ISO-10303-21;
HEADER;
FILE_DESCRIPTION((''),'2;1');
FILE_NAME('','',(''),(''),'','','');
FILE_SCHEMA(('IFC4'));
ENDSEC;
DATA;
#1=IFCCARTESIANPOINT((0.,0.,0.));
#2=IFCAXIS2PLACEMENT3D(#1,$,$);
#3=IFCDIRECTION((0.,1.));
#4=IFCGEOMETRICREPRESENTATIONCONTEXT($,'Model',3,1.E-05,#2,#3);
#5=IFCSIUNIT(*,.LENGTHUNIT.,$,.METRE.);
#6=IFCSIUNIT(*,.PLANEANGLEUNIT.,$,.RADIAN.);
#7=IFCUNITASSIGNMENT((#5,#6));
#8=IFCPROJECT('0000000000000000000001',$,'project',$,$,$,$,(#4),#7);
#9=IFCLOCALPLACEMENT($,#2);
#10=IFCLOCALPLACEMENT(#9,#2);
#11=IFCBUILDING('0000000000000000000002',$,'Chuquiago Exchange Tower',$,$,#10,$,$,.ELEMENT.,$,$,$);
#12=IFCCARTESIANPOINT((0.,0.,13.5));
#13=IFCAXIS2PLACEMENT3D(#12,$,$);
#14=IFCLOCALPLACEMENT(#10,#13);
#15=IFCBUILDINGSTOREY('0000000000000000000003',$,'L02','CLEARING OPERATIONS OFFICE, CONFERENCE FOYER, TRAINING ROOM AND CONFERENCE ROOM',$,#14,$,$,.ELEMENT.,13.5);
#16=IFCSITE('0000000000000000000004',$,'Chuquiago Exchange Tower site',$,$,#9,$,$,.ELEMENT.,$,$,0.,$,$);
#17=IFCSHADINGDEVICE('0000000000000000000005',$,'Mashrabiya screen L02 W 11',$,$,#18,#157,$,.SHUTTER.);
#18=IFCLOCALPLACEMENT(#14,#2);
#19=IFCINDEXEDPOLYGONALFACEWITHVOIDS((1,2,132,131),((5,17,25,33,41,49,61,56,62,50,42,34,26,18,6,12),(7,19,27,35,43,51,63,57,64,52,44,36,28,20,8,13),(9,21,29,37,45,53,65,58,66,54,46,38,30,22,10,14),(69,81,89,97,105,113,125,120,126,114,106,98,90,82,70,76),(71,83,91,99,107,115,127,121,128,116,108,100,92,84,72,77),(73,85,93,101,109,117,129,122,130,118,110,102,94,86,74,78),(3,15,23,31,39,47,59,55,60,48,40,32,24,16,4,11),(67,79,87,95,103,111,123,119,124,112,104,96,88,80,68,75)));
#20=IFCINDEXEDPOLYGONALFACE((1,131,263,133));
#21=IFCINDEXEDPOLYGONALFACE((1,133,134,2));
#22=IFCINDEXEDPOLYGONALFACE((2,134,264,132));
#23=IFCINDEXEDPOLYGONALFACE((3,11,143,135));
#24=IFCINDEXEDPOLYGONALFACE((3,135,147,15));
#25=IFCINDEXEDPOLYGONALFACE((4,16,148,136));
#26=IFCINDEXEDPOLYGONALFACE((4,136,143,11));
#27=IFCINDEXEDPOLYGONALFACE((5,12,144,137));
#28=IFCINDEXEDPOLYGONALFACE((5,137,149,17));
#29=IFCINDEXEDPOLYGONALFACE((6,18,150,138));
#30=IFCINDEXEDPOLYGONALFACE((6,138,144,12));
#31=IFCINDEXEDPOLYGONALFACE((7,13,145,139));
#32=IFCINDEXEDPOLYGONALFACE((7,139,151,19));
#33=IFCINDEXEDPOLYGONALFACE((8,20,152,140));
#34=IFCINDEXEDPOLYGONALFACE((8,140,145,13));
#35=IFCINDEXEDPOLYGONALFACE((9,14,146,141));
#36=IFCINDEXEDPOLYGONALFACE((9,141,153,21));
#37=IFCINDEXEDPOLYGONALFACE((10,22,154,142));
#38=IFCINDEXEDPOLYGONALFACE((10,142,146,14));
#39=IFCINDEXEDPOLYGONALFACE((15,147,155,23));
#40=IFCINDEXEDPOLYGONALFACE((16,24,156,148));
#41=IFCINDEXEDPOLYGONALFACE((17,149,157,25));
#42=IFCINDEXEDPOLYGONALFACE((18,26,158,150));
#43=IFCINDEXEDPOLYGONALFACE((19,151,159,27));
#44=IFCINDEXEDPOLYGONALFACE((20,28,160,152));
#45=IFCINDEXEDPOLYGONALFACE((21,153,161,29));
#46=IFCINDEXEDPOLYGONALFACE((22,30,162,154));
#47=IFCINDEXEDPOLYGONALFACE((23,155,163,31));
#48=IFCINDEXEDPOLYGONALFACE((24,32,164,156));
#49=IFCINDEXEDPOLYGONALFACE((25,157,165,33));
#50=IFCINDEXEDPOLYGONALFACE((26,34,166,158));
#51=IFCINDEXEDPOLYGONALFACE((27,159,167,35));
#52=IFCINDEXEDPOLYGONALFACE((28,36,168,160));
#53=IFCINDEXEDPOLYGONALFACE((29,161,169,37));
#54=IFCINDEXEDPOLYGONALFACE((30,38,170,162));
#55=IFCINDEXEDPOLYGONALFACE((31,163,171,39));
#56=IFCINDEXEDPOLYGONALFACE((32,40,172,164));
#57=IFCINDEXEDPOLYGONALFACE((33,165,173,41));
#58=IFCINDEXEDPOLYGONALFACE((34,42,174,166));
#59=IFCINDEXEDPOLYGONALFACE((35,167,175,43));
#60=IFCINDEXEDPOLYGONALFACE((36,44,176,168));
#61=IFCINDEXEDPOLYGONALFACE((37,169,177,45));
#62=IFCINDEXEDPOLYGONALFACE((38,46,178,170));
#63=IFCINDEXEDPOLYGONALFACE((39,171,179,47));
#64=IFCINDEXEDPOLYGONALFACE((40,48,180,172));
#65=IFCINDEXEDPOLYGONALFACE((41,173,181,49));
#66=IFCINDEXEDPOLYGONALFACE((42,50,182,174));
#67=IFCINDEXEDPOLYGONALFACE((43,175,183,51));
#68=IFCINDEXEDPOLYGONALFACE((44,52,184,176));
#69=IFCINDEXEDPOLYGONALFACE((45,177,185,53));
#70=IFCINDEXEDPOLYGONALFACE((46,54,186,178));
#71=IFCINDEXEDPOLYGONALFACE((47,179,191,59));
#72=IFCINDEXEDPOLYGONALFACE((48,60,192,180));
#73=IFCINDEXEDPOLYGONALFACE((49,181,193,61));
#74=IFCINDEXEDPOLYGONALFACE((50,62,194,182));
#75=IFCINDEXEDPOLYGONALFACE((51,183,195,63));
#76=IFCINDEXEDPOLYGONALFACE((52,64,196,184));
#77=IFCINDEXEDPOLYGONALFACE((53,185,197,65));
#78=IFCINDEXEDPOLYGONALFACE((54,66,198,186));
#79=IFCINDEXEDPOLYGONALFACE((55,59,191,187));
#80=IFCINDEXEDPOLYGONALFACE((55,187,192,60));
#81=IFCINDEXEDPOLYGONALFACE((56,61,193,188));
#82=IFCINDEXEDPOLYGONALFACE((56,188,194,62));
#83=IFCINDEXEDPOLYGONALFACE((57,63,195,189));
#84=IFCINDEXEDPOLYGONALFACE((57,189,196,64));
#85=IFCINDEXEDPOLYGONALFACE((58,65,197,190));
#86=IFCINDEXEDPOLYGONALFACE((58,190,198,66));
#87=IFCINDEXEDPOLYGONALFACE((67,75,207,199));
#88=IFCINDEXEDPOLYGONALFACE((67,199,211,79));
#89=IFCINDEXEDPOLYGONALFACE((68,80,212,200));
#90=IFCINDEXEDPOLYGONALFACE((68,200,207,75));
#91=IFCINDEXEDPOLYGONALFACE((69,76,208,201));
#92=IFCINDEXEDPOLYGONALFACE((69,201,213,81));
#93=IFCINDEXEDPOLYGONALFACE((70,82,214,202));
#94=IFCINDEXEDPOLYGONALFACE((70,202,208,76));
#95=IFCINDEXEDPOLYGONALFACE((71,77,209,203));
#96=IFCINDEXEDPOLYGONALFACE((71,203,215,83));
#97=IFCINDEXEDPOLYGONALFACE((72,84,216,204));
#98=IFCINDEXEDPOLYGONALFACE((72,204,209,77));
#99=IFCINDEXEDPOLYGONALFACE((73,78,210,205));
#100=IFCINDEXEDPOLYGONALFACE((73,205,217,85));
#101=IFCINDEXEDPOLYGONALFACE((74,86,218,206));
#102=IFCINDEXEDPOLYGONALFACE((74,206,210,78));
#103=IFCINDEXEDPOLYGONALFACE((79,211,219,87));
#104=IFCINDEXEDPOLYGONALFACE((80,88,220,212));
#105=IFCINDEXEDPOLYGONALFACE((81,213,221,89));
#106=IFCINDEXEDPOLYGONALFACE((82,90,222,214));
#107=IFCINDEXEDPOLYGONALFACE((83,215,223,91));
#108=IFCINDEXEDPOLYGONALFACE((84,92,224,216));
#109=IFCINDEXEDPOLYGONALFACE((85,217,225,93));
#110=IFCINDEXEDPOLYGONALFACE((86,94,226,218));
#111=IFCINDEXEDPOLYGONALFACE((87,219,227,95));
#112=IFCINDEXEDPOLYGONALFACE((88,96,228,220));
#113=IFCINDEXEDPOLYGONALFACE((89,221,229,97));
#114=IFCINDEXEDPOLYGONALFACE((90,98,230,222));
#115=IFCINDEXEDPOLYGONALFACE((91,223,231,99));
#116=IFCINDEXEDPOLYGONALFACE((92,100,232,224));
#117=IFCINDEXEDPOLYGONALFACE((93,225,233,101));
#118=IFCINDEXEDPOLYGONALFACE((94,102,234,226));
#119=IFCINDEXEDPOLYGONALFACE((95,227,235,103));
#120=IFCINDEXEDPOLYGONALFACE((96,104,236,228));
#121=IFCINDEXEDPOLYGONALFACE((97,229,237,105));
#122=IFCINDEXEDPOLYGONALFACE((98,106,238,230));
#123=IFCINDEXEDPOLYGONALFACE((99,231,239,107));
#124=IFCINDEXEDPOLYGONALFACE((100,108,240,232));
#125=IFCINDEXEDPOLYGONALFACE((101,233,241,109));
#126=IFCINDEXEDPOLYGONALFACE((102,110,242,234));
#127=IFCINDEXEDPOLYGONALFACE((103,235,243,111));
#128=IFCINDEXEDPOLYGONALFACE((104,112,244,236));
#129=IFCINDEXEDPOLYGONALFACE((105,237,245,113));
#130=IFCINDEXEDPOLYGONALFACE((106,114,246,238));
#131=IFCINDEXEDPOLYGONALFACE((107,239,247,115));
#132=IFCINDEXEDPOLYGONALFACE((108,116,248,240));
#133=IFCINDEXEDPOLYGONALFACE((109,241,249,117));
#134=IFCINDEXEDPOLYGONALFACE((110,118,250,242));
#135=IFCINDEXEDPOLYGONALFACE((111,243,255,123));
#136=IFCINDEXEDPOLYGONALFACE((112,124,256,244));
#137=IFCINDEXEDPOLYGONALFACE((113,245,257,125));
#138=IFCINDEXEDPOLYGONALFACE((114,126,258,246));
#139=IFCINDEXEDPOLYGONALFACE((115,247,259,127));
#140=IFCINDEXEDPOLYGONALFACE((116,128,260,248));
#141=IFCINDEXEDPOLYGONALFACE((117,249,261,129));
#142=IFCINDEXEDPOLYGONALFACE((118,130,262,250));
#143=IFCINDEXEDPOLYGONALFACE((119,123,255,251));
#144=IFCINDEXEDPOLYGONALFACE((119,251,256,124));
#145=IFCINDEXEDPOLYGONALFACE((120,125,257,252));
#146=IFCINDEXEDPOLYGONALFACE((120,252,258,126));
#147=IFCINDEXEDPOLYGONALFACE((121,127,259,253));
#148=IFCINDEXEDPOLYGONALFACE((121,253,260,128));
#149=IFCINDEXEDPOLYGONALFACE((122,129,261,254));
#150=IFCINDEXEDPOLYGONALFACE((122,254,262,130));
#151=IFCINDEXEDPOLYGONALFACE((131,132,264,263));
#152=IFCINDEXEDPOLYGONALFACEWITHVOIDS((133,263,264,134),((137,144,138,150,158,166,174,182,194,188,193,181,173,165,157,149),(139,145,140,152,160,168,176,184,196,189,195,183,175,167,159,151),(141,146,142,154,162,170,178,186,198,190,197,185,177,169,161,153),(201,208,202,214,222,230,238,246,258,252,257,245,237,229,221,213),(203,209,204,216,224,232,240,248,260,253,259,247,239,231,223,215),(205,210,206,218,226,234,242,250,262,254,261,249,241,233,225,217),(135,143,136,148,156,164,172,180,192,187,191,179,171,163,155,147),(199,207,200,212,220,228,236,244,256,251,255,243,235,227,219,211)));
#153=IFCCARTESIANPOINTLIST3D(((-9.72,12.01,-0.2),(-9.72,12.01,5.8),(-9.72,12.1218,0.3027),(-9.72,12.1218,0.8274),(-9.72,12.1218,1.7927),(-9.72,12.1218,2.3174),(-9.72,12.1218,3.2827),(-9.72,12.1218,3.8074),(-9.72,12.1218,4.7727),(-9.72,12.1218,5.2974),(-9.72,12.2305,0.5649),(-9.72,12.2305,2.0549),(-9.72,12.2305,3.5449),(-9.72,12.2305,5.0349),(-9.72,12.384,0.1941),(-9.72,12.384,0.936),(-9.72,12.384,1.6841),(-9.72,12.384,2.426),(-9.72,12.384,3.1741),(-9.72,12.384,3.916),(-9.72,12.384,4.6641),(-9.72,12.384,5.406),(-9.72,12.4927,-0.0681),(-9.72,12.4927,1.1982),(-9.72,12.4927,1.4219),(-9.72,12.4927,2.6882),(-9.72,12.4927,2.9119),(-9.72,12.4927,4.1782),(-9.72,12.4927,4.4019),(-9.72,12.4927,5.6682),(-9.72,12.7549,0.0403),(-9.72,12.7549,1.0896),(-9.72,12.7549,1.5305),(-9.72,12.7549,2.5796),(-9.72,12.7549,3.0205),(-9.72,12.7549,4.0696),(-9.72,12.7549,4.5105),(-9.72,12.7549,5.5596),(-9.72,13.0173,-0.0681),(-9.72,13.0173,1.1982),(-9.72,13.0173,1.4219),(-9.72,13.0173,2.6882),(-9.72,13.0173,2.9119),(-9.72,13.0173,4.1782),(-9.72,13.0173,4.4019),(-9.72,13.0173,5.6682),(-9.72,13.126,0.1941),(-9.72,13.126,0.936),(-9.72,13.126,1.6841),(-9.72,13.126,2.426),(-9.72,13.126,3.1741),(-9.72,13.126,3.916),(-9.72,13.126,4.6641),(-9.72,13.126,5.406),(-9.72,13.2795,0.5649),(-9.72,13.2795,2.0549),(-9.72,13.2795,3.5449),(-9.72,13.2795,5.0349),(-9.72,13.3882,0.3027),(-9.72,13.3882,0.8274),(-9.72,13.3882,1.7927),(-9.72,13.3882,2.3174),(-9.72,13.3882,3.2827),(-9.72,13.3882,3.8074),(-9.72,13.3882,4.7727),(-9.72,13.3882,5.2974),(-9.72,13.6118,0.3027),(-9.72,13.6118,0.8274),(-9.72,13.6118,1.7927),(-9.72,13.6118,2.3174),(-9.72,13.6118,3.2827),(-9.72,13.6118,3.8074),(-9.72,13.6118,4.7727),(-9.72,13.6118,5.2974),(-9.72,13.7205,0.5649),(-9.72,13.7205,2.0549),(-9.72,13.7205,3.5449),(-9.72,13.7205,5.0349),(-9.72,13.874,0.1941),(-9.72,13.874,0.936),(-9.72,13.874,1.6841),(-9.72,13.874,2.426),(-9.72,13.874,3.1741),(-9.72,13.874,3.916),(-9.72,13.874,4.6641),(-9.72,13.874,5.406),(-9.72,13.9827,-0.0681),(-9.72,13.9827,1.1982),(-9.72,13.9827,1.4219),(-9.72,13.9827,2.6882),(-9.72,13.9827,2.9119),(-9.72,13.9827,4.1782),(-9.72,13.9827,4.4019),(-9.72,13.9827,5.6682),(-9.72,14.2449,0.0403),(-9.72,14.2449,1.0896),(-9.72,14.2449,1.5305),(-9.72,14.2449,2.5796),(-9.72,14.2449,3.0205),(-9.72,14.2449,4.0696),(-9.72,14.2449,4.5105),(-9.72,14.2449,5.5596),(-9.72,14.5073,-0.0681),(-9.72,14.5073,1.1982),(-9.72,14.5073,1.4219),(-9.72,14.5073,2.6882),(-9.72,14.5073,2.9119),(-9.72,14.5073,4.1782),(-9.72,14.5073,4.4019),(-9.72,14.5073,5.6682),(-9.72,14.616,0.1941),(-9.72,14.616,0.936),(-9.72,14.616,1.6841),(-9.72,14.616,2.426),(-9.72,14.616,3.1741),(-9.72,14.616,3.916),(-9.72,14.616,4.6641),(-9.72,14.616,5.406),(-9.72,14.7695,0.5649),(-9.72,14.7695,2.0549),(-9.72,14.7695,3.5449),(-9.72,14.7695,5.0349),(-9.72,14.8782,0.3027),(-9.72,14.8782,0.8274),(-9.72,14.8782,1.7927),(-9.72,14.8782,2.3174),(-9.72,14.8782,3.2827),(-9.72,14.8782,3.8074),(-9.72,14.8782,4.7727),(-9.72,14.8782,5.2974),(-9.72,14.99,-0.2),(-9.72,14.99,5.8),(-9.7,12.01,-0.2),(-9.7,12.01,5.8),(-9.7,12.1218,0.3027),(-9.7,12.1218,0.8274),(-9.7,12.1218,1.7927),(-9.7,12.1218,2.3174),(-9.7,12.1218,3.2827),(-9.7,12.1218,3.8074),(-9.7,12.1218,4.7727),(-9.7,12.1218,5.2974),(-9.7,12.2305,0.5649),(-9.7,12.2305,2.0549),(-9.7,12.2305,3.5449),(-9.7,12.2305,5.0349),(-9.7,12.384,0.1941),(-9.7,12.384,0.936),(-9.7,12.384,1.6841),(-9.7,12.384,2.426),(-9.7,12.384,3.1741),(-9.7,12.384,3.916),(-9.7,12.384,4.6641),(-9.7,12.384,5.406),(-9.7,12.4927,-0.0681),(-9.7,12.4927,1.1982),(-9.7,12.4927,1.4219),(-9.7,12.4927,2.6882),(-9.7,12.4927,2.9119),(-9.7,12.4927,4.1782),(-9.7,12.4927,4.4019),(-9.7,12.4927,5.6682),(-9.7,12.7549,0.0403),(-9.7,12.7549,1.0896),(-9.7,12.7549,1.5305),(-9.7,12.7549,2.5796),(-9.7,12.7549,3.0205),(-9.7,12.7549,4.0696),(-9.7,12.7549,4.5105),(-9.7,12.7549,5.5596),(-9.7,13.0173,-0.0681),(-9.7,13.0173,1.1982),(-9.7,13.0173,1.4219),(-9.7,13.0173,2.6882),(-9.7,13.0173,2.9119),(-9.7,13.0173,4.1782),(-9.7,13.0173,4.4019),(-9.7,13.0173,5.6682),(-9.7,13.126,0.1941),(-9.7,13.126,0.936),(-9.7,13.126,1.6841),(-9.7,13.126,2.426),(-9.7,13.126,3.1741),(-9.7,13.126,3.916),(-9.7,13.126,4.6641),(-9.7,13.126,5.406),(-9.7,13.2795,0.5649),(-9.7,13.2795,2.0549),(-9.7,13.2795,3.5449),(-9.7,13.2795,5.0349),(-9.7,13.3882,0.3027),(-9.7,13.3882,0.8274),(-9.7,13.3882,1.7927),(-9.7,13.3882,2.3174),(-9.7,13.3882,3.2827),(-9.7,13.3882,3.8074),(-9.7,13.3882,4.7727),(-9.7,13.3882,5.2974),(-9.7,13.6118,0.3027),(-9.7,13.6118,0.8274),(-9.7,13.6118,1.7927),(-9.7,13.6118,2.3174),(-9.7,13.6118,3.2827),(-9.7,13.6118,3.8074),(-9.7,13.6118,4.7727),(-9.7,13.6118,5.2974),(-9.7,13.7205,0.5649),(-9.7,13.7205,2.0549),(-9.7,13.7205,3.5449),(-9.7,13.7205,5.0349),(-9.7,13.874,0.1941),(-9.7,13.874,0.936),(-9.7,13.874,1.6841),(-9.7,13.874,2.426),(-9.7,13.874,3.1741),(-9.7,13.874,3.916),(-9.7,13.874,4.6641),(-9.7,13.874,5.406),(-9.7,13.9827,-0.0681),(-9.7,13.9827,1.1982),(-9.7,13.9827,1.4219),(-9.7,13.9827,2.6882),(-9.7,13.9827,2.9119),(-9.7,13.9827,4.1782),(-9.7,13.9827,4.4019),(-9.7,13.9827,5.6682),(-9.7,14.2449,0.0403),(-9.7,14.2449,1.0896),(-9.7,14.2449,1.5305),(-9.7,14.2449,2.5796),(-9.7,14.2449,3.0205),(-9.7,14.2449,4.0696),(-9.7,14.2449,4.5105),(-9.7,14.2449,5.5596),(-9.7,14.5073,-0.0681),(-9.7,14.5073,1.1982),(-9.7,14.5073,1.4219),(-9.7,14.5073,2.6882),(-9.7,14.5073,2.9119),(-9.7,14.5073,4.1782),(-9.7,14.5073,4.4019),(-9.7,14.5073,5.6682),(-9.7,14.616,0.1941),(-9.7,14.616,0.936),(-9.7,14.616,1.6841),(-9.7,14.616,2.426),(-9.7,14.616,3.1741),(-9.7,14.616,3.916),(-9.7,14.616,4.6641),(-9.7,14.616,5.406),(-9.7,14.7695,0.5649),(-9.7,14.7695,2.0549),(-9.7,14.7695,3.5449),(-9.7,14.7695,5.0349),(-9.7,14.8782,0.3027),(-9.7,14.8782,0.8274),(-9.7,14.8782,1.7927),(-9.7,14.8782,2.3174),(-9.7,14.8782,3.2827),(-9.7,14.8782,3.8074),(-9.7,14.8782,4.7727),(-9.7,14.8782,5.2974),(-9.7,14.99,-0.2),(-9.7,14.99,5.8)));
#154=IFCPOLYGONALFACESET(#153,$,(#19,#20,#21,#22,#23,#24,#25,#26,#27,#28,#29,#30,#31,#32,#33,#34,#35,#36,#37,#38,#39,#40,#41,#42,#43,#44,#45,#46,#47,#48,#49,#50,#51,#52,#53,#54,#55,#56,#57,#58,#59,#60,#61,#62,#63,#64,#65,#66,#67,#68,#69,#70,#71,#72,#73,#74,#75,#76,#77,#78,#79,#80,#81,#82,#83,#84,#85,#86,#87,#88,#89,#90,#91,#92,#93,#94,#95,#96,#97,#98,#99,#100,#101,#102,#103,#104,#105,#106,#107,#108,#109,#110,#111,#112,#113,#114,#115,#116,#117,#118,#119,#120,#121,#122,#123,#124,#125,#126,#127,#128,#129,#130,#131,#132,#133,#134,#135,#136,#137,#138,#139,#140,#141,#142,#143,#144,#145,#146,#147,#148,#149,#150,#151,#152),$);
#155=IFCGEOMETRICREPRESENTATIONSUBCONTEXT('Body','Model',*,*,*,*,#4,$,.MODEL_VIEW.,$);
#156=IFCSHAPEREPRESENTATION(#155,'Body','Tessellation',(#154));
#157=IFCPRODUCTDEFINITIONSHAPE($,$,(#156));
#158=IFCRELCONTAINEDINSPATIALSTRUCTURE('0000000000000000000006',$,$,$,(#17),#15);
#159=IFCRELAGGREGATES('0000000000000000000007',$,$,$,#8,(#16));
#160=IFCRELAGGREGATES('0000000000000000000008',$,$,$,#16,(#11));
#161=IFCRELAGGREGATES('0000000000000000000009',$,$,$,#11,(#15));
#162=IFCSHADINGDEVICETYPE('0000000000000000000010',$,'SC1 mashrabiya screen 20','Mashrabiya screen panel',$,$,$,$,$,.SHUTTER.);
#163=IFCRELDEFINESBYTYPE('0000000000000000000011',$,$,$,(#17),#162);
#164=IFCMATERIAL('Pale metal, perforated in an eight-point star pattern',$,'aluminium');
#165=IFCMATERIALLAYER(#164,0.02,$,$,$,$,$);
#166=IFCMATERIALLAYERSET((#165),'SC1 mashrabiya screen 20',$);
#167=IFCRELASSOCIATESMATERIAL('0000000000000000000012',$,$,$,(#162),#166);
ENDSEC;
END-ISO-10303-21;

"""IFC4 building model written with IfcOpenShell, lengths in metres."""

from ifc_helpers import new_model, si_unit, direction, frame, origin, place, context, subcontext, project, spatial, polyline, outline, extrude, material, layer, layer_set, type_object, element, save


model = new_model("IFC4")

# Units and contexts
model_context = context("Model", 3, precision=1e-05, world=origin(), true_north=direction((0.0, 1.0)))
body_context = subcontext(model_context, "Body", "Model", "MODEL_VIEW")
ifc_project = project(units=[si_unit("LENGTHUNIT", "METRE"), si_unit("PLANEANGLEUNIT", "RADIAN")], contexts=[model_context])

# Site, building, storey
site_placement = place(None, origin())
site = spatial("IfcSite", under=ifc_project, at=site_placement, Name="Chuquiago Exchange Tower site", CompositionType="ELEMENT", RefElevation=0.0)
building_placement = place(site_placement, origin())
building = spatial("IfcBuilding", under=site, at=building_placement, Name="Chuquiago Exchange Tower", CompositionType="ELEMENT")
storey_placement = place(building_placement, frame((0.0, 0.0, 13.5)))
storey = spatial("IfcBuildingStorey", under=building, at=storey_placement, Name="L02", Description="CLEARING OPERATIONS OFFICE, CONFERENCE FOYER, TRAINING ROOM AND CONFERENCE ROOM", CompositionType="ELEMENT", Elevation=13.5)

# Shading device
ifc_material_1 = material(Name="Pale metal, perforated in an eight-point star pattern", Category="aluminium")
ifc_layer_1 = layer(ifc_material_1, 0.02)
ifc_layer_set_1 = layer_set([ifc_layer_1], Name="SC1 mashrabiya screen 20")
shading_device_type = type_object("IfcShadingDeviceType", Name="SC1 mashrabiya screen 20", Description="Mashrabiya screen panel", PredefinedType="SHUTTER", material=ifc_layer_set_1)
shading_device_1_placement = place(storey_placement, frame((-9.7, 14.99, -0.2), z_axis=(0.0, 0.0, 1.0), x_axis=(0.0, -1.0, 0.0)))
element("IfcShadingDevice", 1, at=shading_device_1_placement, inside=storey, type_object=shading_device_type, Name="Mashrabiya screen L02 W 11", PredefinedType="SHUTTER", context=body_context, shape_type="SweptSolid", body=[
    extrude(outline(polyline([(0.0, 0.0), (2.98, 0.0), (2.98, 6.0), (0.0, 6.0), (0.0, 0.0)]), holes=[polyline([(1.2695, 0.7649), (1.3782, 1.0273), (1.116, 1.136), (1.0073, 1.3982), (0.7451, 1.2896), (0.4827, 1.3982), (0.374, 1.136), (0.1118, 1.0273), (0.2205, 0.7649), (0.1118, 0.5027), (0.374, 0.394), (0.4827, 0.1318), (0.7451, 0.2402), (1.0073, 0.1318), (1.116, 0.394), (1.3782, 0.5027), (1.2695, 0.7649)]), polyline([(2.7595, 0.7649), (2.8682, 1.0273), (2.606, 1.136), (2.4973, 1.3982), (2.2351, 1.2896), (1.9727, 1.3982), (1.864, 1.136), (1.6018, 1.0273), (1.7104, 0.7649), (1.6018, 0.5027), (1.864, 0.394), (1.9727, 0.1318), (2.2351, 0.2402), (2.4973, 0.1318), (2.606, 0.394), (2.8682, 0.5027), (2.7595, 0.7649)]), polyline([(1.2695, 2.2549), (1.3782, 2.5173), (1.116, 2.626), (1.0073, 2.8882), (0.7451, 2.7795), (0.4827, 2.8882), (0.374, 2.626), (0.1118, 2.5173), (0.2205, 2.2549), (0.1118, 1.9927), (0.374, 1.884), (0.4827, 1.6218), (0.7451, 1.7305), (1.0073, 1.6218), (1.116, 1.884), (1.3782, 1.9927), (1.2695, 2.2549)]), polyline([(2.7595, 2.2549), (2.8682, 2.5173), (2.606, 2.626), (2.4973, 2.8882), (2.2351, 2.7795), (1.9727, 2.8882), (1.864, 2.626), (1.6018, 2.5173), (1.7104, 2.2549), (1.6018, 1.9927), (1.864, 1.884), (1.9727, 1.6218), (2.2351, 1.7305), (2.4973, 1.6218), (2.606, 1.884), (2.8682, 1.9927), (2.7595, 2.2549)]), polyline([(1.2695, 3.7449), (1.3782, 4.0073), (1.116, 4.116), (1.0073, 4.3782), (0.7451, 4.2695), (0.4827, 4.3782), (0.374, 4.116), (0.1118, 4.0073), (0.2205, 3.7449), (0.1118, 3.4827), (0.374, 3.374), (0.4827, 3.1118), (0.7451, 3.2205), (1.0073, 3.1118), (1.116, 3.374), (1.3782, 3.4827), (1.2695, 3.7449)]), polyline([(2.7595, 3.7449), (2.8682, 4.0073), (2.606, 4.116), (2.4973, 4.3782), (2.2351, 4.2695), (1.9727, 4.3782), (1.864, 4.116), (1.6018, 4.0073), (1.7104, 3.7449), (1.6018, 3.4827), (1.864, 3.374), (1.9727, 3.1118), (2.2351, 3.2205), (2.4973, 3.1118), (2.606, 3.374), (2.8682, 3.4827), (2.7595, 3.7449)]), polyline([(1.2695, 5.2349), (1.3782, 5.4973), (1.116, 5.606), (1.0073, 5.8682), (0.7451, 5.7595), (0.4827, 5.8682), (0.374, 5.606), (0.1118, 5.4973), (0.2205, 5.2349), (0.1118, 4.9727), (0.374, 4.864), (0.4827, 4.6018), (0.7451, 4.7104), (1.0073, 4.6018), (1.116, 4.864), (1.3782, 4.9727), (1.2695, 5.2349)]), polyline([(2.7595, 5.2349), (2.8682, 5.4973), (2.606, 5.606), (2.4973, 5.8682), (2.2351, 5.7595), (1.9727, 5.8682), (1.864, 5.606), (1.6018, 5.4973), (1.7104, 5.2349), (1.6018, 4.9727), (1.864, 4.864), (1.9727, 4.6018), (2.2351, 4.7104), (2.4973, 4.6018), (2.606, 4.864), (2.8682, 4.9727), (2.7595, 5.2349)])]), frame((0.0, 0.0, 0.0), z_axis=(0.0, -1.0, 0.0), x_axis=(1.0, 0.0, 0.0)), (0.0, 0.0, 1.0), 0.02),
])

save(model, "model.ifc")
